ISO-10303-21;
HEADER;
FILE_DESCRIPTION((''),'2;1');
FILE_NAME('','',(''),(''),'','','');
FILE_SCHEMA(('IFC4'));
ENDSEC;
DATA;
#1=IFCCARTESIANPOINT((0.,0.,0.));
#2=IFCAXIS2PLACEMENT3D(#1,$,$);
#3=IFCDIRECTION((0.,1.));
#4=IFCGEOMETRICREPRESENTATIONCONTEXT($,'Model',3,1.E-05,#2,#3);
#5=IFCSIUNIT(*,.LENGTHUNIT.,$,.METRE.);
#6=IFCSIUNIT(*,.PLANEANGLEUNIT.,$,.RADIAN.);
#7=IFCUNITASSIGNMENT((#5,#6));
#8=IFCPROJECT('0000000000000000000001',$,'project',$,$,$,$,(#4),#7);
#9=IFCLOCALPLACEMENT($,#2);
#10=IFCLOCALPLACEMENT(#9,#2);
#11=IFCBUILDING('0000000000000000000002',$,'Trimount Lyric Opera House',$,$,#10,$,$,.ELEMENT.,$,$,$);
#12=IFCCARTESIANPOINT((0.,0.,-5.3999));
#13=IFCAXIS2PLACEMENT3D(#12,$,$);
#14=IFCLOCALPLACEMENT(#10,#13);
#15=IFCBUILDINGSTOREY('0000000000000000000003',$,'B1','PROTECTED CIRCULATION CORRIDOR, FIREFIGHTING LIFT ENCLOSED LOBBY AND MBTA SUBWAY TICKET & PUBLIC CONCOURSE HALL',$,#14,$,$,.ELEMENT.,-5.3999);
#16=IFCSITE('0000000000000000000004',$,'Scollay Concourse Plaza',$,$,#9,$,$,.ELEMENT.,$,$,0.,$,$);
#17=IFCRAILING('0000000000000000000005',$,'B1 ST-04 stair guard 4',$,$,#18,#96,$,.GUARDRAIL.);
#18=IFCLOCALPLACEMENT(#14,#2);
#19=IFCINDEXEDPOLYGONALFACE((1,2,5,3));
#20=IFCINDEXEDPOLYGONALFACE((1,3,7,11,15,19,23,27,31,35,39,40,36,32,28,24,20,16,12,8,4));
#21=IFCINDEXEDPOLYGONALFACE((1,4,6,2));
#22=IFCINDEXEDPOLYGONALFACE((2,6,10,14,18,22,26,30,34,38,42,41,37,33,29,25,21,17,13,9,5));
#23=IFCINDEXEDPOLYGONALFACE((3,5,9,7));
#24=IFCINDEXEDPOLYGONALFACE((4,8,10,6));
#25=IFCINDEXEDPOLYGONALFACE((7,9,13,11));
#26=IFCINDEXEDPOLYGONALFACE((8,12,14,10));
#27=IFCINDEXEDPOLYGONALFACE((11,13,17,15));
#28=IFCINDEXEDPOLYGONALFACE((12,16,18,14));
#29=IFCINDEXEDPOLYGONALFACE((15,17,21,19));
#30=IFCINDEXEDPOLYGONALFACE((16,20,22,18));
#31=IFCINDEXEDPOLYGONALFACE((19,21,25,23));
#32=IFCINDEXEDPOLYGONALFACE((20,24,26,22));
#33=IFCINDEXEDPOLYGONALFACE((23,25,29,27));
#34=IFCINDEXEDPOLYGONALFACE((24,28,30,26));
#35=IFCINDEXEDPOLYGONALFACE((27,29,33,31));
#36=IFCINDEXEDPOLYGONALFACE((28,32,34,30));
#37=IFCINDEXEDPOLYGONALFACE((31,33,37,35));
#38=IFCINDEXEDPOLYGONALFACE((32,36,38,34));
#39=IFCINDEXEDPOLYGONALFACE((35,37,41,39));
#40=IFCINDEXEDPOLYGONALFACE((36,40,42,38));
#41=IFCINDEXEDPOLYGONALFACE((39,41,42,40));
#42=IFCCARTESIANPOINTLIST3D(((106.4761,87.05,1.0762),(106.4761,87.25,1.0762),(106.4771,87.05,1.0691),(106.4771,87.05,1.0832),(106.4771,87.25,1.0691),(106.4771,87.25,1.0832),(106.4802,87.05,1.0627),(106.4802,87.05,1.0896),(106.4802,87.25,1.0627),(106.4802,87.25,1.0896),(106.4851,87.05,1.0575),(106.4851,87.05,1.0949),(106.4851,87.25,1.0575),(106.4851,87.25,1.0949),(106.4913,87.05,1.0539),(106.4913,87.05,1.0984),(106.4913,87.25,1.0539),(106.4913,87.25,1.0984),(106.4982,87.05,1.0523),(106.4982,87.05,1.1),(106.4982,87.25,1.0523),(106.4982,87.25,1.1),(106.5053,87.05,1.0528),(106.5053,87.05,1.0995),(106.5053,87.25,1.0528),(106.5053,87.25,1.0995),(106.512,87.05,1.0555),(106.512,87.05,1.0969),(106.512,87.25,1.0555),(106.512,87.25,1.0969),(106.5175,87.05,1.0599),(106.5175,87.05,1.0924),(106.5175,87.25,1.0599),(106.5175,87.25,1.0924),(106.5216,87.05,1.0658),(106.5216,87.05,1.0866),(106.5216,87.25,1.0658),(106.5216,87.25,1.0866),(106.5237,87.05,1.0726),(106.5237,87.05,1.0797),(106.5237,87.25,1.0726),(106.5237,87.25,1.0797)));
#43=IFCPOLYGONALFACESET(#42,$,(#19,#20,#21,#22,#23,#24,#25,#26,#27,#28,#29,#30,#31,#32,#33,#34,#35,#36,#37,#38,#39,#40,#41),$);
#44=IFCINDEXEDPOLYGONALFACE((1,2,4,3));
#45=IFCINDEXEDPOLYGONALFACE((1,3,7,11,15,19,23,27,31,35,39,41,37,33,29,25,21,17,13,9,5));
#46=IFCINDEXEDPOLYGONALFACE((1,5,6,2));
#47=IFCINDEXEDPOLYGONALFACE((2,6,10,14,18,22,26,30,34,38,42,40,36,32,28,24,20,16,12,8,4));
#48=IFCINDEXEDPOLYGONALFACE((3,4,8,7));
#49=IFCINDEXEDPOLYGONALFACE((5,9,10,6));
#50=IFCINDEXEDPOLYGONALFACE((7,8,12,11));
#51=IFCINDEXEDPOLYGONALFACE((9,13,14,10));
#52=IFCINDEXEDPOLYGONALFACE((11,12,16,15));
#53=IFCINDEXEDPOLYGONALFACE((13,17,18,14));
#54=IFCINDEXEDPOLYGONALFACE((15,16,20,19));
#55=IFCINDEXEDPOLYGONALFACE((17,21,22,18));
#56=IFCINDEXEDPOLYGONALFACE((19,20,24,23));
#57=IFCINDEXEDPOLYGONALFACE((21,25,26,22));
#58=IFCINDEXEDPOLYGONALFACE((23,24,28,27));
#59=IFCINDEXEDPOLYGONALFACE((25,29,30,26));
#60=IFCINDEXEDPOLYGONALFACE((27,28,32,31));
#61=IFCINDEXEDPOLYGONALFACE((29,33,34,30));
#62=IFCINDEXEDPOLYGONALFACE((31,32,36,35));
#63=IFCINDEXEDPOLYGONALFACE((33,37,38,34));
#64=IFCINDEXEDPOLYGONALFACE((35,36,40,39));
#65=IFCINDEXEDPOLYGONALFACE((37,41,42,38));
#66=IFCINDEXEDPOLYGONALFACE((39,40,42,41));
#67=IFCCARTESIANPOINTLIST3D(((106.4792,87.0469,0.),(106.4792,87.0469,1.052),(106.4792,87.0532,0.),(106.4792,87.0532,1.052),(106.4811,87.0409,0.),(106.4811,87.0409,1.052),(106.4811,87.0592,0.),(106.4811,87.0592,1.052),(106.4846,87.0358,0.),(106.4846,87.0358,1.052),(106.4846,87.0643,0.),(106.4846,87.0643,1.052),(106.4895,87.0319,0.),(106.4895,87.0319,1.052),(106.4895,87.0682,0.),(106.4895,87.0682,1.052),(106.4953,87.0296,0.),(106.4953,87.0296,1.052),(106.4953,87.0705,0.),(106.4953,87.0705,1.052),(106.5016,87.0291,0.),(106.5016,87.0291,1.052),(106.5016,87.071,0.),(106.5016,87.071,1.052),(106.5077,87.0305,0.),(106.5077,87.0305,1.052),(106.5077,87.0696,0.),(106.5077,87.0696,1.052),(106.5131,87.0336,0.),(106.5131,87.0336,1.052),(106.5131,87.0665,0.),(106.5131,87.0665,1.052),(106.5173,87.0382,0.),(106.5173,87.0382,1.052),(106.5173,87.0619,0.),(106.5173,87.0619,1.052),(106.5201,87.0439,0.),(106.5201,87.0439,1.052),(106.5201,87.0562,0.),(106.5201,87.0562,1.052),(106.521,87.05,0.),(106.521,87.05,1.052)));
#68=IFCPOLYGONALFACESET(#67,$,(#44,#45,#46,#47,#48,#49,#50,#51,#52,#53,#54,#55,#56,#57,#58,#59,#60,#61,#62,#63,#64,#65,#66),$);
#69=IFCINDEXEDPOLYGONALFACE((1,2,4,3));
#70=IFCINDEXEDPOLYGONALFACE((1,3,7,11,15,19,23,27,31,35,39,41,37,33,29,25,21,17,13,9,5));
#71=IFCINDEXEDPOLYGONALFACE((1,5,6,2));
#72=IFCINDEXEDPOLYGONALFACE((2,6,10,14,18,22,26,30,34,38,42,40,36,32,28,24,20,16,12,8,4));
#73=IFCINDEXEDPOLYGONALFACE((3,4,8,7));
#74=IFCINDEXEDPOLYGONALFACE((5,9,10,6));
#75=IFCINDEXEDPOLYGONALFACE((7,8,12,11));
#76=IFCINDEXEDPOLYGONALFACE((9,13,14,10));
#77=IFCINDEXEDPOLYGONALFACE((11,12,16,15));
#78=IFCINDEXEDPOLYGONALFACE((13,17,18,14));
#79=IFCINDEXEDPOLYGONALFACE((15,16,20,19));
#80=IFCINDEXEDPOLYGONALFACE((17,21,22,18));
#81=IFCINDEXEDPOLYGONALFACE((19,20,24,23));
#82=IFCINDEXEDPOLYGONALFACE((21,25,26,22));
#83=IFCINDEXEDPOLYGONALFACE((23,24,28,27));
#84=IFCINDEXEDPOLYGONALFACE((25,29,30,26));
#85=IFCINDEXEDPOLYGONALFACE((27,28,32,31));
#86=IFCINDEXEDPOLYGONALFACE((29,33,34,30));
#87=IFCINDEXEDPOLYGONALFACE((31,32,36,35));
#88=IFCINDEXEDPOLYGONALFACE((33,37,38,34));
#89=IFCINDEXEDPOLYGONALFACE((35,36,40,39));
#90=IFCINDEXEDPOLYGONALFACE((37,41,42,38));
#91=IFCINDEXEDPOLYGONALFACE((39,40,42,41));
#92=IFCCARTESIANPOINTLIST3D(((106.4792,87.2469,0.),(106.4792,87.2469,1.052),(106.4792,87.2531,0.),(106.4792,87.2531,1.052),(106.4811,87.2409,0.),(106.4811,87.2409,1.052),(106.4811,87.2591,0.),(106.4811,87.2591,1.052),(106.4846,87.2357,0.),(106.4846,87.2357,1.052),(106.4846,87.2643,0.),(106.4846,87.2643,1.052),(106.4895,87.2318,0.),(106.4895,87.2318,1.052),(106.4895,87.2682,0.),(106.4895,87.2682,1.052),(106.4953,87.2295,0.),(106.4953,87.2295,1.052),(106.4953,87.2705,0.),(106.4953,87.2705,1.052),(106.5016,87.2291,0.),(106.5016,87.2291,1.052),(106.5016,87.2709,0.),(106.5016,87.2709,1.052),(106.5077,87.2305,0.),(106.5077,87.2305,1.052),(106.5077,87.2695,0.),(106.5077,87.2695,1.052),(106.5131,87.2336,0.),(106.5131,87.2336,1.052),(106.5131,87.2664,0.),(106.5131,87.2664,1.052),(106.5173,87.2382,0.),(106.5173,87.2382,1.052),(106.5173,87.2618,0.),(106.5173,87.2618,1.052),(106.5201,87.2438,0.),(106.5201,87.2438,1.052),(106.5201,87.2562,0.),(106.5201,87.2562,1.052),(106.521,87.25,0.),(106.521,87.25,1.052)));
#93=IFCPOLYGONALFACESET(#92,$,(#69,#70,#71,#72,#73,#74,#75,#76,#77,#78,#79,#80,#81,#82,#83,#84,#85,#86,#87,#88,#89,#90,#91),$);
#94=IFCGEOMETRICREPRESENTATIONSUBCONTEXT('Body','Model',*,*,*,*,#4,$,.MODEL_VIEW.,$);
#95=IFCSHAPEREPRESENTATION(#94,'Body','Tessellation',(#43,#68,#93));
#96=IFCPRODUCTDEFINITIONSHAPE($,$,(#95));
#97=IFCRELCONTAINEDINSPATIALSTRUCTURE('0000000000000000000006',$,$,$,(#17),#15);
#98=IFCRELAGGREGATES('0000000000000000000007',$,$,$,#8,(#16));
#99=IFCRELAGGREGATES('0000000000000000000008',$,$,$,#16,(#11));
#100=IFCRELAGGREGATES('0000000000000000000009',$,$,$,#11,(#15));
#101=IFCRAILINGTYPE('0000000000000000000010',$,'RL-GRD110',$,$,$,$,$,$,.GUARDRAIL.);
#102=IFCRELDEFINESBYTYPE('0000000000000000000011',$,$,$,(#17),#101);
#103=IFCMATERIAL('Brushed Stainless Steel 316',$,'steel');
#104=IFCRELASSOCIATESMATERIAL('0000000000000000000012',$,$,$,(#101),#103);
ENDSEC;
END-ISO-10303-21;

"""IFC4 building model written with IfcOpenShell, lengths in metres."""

from ifc_helpers import new_model, si_unit, direction, frame, origin, origin_2d, place, context, subcontext, project, spatial, circle, extrude, material, type_object, element, save


model = new_model("IFC4")

# Units and contexts
model_context = context("Model", 3, precision=1e-05, world=origin(), true_north=direction((0.0, 1.0)))
body_context = subcontext(model_context, "Body", "Model", "MODEL_VIEW")
ifc_project = project(units=[si_unit("LENGTHUNIT", "METRE"), si_unit("PLANEANGLEUNIT", "RADIAN")], contexts=[model_context])

# Site, building, storey
site_placement = place(None, origin())
site = spatial("IfcSite", under=ifc_project, at=site_placement, Name="Scollay Concourse Plaza", CompositionType="ELEMENT", RefElevation=0.0)
building_placement = place(site_placement, origin())
building = spatial("IfcBuilding", under=site, at=building_placement, Name="Trimount Lyric Opera House", CompositionType="ELEMENT")
storey_placement = place(building_placement, frame((0.0, 0.0, -5.3999)))
storey = spatial("IfcBuildingStorey", under=building, at=storey_placement, Name="B1", Description="PROTECTED CIRCULATION CORRIDOR, FIREFIGHTING LIFT ENCLOSED LOBBY AND MBTA SUBWAY TICKET & PUBLIC CONCOURSE HALL", CompositionType="ELEMENT", Elevation=-5.3999)

# Railing
ifc_material_1 = material(Name="Brushed Stainless Steel 316", Category="steel")
railing_type_1 = type_object("IfcRailingType", Name="RL-GRD110", PredefinedType="GUARDRAIL", material=ifc_material_1)
railing_1_placement = place(storey_placement, frame((106.5, 87.05, 0.0)))
element("IfcRailing", 1, at=railing_1_placement, inside=storey, type_object=railing_type_1, Name="B1 ST-04 stair guard 4", PredefinedType="GUARDRAIL", context=body_context, shape_type="SweptSolid", body=[
    extrude(circle(Radius=0.0239, at=origin_2d()), frame((0.0, 0.0, 1.0762), z_axis=(0.0, 1.0, 0.0), x_axis=(-1.0, 0.0, 0.0)), (0.0, 0.0, 1.0), 0.2),
    extrude(circle(Radius=0.021, at=origin_2d()), origin(), (0.0, 0.0, 1.0), 1.052),
    extrude(circle(Radius=0.021, at=origin_2d()), frame((0.0, 0.2, 0.0)), (0.0, 0.0, 1.0), 1.052),
])

save(model, "model.ifc")
